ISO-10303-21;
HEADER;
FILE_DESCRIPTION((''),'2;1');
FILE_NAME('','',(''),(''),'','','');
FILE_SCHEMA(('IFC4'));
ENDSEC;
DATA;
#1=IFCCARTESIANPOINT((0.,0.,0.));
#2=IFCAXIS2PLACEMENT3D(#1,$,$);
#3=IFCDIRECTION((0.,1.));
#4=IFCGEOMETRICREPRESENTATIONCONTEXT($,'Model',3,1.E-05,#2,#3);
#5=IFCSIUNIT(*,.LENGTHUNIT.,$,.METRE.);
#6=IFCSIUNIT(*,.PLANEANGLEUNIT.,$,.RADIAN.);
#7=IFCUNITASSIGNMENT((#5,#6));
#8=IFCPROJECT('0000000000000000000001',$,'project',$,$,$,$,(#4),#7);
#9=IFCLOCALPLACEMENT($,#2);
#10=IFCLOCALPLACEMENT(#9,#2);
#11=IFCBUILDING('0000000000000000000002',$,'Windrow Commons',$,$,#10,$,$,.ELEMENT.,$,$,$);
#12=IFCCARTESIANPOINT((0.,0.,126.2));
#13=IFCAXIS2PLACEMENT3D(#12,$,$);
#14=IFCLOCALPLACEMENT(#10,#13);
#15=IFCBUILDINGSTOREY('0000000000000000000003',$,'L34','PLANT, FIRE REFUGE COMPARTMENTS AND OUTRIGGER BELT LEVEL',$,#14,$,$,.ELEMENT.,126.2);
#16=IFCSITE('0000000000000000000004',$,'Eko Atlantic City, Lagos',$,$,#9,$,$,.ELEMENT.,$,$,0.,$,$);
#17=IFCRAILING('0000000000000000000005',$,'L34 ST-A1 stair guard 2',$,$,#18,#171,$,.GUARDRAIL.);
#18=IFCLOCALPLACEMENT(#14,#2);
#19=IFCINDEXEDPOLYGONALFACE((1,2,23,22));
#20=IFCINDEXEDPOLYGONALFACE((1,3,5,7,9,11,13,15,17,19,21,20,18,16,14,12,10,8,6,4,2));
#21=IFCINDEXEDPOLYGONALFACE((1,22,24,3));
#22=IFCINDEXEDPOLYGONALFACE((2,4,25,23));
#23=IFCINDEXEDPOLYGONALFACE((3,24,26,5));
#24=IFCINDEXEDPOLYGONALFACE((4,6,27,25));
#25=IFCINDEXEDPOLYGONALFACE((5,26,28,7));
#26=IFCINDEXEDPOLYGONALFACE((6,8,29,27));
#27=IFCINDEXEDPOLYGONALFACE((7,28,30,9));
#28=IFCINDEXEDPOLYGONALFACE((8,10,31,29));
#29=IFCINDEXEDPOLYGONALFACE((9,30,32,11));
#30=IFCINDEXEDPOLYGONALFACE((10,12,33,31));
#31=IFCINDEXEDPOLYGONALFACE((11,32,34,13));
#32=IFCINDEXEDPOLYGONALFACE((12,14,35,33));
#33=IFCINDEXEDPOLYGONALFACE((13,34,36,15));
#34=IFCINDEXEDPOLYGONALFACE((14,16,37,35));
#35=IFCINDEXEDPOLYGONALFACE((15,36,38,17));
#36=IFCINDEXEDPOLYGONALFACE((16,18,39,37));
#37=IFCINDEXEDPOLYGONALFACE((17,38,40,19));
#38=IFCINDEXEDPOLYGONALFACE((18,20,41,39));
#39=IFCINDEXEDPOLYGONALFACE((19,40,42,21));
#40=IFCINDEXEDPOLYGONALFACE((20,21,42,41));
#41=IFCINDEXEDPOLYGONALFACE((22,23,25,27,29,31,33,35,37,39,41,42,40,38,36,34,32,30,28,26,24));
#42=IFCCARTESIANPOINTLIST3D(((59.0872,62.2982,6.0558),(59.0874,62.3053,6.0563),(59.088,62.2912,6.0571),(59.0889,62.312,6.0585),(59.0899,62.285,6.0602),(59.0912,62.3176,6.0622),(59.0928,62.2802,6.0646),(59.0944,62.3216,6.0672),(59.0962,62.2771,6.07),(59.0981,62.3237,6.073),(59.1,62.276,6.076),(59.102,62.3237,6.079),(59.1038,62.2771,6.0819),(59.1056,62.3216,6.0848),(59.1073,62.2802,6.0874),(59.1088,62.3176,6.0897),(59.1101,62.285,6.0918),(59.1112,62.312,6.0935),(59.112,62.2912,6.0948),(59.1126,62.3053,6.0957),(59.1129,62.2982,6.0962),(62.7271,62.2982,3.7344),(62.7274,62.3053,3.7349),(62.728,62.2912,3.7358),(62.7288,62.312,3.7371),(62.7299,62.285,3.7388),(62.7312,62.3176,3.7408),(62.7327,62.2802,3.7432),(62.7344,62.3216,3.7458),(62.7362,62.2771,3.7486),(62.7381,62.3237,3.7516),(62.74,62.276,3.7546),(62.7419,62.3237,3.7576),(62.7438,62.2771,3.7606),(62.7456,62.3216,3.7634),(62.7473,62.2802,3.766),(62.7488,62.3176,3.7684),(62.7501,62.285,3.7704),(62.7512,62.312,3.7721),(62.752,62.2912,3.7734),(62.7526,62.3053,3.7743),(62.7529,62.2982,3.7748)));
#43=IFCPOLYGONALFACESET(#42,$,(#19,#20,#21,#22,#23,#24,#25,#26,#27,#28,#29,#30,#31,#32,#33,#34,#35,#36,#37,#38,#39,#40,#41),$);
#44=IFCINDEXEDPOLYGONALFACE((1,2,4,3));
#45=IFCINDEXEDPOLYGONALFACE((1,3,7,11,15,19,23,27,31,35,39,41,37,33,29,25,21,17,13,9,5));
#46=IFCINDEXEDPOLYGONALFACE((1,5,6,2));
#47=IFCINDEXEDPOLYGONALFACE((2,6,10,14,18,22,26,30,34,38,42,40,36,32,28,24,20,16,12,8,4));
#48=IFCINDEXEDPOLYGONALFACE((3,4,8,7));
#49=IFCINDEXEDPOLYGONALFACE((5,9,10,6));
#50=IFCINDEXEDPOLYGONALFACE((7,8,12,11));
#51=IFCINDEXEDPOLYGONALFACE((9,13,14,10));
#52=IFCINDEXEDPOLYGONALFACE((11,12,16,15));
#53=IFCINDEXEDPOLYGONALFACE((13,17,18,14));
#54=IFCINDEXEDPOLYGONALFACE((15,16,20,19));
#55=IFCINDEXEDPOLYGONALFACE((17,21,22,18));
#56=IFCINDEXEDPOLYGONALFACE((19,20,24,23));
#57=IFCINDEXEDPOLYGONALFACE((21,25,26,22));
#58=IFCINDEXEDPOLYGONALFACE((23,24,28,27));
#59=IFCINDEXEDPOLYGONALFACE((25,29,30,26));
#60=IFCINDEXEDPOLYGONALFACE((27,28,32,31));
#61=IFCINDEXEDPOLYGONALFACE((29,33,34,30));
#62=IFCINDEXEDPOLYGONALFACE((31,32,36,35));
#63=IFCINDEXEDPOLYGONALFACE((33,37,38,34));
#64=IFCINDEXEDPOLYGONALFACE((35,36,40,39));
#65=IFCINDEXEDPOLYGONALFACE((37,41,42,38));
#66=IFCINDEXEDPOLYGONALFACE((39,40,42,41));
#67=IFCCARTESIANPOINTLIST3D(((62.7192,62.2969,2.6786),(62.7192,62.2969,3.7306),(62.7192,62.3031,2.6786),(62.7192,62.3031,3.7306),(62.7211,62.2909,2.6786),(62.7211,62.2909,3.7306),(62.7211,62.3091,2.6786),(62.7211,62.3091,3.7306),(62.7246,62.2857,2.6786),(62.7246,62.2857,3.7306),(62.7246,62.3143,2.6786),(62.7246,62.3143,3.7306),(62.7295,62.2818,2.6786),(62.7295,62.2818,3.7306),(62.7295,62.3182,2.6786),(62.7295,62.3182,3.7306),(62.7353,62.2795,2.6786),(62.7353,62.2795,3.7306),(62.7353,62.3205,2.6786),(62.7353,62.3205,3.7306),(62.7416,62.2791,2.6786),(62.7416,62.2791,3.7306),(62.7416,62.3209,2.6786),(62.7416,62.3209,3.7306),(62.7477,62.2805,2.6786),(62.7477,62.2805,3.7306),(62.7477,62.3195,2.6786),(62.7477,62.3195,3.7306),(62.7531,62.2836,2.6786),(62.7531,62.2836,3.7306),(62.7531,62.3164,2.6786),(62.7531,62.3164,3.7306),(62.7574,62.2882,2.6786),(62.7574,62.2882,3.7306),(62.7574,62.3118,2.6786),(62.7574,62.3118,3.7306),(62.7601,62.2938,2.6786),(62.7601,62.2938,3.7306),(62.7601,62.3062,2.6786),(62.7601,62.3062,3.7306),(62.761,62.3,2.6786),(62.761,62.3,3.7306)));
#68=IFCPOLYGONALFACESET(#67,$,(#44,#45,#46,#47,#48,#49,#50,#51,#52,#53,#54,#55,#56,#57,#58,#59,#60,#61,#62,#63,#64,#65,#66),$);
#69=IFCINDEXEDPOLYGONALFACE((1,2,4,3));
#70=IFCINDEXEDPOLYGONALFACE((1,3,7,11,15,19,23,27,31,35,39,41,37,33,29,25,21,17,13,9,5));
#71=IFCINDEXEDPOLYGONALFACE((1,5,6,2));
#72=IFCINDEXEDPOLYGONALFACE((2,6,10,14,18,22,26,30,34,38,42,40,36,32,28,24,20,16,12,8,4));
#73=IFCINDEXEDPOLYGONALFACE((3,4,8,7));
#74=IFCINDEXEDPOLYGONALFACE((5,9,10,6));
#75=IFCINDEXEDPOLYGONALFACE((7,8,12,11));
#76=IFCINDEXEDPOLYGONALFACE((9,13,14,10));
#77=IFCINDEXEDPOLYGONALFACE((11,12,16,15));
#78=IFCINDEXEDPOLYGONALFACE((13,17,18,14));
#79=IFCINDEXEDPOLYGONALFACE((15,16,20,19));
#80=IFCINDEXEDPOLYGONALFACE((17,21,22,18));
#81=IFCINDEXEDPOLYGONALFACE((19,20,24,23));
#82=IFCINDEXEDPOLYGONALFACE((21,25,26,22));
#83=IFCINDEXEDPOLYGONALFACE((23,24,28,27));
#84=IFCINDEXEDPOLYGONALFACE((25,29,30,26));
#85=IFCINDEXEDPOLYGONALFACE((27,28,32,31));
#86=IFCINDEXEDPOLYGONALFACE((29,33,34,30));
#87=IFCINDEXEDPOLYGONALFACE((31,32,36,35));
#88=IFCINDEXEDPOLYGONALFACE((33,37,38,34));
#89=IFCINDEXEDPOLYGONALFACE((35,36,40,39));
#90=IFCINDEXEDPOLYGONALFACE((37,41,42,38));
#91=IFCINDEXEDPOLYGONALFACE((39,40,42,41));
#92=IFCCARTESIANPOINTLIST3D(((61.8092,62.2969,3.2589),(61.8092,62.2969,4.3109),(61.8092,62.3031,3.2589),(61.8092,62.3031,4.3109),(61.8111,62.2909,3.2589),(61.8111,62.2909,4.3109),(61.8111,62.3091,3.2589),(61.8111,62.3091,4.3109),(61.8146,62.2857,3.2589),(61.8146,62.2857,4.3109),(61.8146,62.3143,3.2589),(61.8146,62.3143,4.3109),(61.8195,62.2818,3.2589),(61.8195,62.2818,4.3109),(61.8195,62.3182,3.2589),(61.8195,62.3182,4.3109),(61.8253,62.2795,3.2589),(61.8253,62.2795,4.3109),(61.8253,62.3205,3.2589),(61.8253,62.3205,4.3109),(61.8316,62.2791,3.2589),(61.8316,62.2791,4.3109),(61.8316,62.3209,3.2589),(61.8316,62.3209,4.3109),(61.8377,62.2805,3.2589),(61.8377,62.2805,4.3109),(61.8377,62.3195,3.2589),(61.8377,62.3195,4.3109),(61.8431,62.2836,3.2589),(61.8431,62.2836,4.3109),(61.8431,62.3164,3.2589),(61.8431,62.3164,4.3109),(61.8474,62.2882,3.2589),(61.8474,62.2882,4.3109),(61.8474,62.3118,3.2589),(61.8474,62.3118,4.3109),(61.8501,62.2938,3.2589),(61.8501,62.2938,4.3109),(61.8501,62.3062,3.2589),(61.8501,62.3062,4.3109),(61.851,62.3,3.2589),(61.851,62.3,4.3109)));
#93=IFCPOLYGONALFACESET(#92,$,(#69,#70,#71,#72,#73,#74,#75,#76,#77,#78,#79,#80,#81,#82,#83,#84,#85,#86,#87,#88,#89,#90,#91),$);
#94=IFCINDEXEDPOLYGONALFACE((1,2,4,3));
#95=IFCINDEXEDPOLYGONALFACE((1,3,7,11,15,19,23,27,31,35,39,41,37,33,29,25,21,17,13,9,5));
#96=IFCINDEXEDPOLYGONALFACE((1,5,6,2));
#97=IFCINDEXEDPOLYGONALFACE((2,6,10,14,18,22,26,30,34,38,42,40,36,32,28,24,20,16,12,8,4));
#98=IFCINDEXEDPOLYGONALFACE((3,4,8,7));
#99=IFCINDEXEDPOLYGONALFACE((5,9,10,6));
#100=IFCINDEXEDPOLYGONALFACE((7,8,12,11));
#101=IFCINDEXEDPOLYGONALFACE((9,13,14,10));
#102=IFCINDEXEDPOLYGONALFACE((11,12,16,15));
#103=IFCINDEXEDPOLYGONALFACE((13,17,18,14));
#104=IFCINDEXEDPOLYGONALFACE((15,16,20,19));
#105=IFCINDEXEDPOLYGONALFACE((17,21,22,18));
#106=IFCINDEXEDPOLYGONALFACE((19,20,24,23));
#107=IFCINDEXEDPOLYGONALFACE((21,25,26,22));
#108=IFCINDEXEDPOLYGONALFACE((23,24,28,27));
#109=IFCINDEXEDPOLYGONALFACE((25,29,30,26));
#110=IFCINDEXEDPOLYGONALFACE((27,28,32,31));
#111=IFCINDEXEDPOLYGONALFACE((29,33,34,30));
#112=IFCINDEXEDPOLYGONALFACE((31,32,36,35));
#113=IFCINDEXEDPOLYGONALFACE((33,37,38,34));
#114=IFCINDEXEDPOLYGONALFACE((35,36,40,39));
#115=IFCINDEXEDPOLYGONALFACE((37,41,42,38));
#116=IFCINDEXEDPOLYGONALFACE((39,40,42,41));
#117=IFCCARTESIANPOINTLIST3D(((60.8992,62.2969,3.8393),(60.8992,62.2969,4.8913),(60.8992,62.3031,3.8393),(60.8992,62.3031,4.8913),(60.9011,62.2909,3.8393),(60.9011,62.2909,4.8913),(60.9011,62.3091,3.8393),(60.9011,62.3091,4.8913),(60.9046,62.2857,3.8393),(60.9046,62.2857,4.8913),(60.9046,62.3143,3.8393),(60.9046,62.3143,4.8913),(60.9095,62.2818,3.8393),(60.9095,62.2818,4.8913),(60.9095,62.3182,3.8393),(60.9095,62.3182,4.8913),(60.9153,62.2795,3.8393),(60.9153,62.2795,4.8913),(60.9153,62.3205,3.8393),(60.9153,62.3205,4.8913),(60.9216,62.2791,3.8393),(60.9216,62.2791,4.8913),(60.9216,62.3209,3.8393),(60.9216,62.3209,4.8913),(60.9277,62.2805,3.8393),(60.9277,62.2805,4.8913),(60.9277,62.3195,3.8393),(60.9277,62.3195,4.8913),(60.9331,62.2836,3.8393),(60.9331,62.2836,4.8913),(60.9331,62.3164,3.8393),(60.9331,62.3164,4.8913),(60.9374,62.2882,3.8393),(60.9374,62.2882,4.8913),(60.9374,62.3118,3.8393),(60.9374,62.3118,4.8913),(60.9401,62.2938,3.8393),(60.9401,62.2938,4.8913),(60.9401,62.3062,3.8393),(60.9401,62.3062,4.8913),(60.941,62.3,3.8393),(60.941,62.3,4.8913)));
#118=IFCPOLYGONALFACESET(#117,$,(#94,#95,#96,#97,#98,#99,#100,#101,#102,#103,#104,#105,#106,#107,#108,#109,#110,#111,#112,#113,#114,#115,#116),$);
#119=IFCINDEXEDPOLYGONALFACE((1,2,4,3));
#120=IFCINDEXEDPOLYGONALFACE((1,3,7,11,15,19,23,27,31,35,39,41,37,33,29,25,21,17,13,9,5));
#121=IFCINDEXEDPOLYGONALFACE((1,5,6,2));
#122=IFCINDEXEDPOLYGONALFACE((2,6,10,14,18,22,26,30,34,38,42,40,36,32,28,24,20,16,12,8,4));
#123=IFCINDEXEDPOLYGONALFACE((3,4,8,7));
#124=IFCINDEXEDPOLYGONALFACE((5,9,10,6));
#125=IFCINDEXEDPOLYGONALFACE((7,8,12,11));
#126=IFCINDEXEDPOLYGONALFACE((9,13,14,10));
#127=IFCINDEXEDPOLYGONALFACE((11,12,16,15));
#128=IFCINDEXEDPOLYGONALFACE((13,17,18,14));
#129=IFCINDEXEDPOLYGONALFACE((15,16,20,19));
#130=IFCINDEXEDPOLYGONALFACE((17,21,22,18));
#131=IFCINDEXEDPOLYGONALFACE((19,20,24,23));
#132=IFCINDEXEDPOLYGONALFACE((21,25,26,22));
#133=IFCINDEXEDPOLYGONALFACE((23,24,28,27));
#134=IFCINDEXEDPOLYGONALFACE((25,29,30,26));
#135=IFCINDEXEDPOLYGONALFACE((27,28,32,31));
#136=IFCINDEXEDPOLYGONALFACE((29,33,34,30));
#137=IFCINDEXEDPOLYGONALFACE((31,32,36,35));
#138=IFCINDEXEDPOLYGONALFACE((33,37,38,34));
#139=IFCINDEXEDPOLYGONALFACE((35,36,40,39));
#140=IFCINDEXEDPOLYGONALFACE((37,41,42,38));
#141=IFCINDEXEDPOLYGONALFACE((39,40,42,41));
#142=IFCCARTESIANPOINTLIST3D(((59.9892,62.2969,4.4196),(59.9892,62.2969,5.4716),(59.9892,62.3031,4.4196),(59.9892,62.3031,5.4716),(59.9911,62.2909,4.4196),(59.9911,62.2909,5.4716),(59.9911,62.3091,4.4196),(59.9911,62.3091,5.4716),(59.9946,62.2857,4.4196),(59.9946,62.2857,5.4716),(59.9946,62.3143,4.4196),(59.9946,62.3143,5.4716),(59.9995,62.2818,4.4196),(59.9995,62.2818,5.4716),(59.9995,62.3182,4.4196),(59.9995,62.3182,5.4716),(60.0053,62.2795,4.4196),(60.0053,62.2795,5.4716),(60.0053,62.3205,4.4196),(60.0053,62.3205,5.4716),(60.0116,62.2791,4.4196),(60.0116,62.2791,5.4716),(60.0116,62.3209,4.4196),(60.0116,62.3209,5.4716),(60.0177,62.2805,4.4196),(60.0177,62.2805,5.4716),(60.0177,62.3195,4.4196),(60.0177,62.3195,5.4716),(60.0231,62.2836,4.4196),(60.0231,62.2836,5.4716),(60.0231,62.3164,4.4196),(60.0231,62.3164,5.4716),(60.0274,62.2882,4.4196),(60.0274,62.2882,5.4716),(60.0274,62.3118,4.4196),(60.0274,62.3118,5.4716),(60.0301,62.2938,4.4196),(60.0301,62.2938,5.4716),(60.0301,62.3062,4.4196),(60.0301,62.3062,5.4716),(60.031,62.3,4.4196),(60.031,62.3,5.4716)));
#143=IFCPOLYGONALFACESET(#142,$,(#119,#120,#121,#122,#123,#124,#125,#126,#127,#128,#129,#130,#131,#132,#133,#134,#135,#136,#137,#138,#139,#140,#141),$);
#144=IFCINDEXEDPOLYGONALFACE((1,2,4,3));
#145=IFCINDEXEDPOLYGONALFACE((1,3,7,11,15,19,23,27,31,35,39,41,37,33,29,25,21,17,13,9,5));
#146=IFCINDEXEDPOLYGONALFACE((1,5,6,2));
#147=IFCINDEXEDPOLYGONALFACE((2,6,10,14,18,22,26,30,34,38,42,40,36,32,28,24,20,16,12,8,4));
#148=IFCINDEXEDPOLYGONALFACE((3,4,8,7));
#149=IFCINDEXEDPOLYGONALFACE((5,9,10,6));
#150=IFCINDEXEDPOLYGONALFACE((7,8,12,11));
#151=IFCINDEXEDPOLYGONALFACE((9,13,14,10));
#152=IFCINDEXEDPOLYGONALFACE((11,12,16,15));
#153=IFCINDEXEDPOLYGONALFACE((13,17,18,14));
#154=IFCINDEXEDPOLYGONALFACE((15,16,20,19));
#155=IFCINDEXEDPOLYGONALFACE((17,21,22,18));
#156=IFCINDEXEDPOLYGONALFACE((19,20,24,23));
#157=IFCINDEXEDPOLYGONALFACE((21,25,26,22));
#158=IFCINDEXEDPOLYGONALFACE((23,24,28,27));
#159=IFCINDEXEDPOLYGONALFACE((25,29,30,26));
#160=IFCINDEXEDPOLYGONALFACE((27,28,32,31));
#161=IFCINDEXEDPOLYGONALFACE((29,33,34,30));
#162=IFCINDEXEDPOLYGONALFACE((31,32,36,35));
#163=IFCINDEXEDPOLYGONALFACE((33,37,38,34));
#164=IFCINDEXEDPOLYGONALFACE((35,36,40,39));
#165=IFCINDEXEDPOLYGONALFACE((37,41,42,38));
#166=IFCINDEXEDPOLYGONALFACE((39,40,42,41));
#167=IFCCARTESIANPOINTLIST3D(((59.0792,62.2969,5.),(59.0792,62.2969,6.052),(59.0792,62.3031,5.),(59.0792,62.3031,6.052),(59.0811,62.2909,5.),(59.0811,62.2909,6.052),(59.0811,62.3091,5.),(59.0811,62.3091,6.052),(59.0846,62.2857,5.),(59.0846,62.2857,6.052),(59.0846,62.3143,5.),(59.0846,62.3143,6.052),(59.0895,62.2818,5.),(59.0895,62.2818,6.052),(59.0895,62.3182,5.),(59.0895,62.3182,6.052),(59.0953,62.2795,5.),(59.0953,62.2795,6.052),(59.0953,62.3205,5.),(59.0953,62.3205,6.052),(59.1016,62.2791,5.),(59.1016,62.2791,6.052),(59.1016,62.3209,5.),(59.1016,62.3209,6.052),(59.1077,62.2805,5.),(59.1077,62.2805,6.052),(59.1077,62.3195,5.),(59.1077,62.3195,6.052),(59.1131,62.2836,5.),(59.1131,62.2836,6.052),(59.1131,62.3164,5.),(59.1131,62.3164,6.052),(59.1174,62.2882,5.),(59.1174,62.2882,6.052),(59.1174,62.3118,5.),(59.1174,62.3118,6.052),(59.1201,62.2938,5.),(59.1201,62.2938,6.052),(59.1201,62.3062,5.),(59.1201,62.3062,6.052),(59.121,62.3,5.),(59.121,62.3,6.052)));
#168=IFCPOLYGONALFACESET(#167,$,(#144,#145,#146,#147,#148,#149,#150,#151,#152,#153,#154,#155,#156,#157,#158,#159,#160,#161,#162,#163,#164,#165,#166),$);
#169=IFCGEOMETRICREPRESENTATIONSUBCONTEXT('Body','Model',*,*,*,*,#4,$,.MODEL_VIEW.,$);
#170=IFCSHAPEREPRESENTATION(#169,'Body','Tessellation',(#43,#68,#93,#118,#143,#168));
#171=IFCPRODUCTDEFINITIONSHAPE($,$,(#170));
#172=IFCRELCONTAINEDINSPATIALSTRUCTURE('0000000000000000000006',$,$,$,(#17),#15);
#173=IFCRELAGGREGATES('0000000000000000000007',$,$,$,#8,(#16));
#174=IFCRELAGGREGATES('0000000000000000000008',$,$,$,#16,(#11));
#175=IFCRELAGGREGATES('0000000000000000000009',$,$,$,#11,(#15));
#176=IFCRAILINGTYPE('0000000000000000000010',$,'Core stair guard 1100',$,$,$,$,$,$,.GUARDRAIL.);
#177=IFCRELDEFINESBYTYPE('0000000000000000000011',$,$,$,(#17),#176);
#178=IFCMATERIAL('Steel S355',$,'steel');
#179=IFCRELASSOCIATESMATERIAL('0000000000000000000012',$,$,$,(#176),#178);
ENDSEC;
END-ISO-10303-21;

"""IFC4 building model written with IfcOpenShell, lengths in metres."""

from ifc_helpers import new_model, si_unit, direction, frame, origin, origin_2d, place, context, subcontext, project, spatial, circle, extrude, material, type_object, element, save


model = new_model("IFC4")

# Units and contexts
model_context = context("Model", 3, precision=1e-05, world=origin(), true_north=direction((0.0, 1.0)))
body_context = subcontext(model_context, "Body", "Model", "MODEL_VIEW")
ifc_project = project(units=[si_unit("LENGTHUNIT", "METRE"), si_unit("PLANEANGLEUNIT", "RADIAN")], contexts=[model_context])

# Site, building, storey
site_placement = place(None, origin())
site = spatial("IfcSite", under=ifc_project, at=site_placement, Name="Eko Atlantic City, Lagos", CompositionType="ELEMENT", RefElevation=0.0)
building_placement = place(site_placement, origin())
building = spatial("IfcBuilding", under=site, at=building_placement, Name="Windrow Commons", CompositionType="ELEMENT")
storey_placement = place(building_placement, frame((0.0, 0.0, 126.2)))
storey = spatial("IfcBuildingStorey", under=building, at=storey_placement, Name="L34", Description="PLANT, FIRE REFUGE COMPARTMENTS AND OUTRIGGER BELT LEVEL", CompositionType="ELEMENT", Elevation=126.2)

# Railing
ifc_material_1 = material(Name="Steel S355", Category="steel")
railing_type_1 = type_object("IfcRailingType", Name="Core stair guard 1100", PredefinedType="GUARDRAIL", material=ifc_material_1)
railing_1_placement = place(storey_placement, frame((62.74, 62.3, 2.6786)))
element("IfcRailing", 1, at=railing_1_placement, inside=storey, type_object=railing_type_1, Name="L34 ST-A1 stair guard 2", PredefinedType="GUARDRAIL", context=body_context, shape_type="SweptSolid", body=[
    extrude(circle(Radius=0.024, at=origin_2d()), frame((0.0, 0.0, 1.076), z_axis=(-0.843133, 0.0, 0.537706), x_axis=(0.0, -1.0, 0.0)), (0.0, 0.0, 1.0), 4.3172),
    extrude(circle(Radius=0.021, at=origin_2d()), origin(), (0.0, 0.0, 1.0), 1.052),
    extrude(circle(Radius=0.021, at=origin_2d()), frame((-0.91, 0.0, 0.5803)), (0.0, 0.0, 1.0), 1.052),
    extrude(circle(Radius=0.021, at=origin_2d()), frame((-1.82, 0.0, 1.1607)), (0.0, 0.0, 1.0), 1.052),
    extrude(circle(Radius=0.021, at=origin_2d()), frame((-2.73, 0.0, 1.741)), (0.0, 0.0, 1.0), 1.052),
    extrude(circle(Radius=0.021, at=origin_2d()), frame((-3.64, 0.0, 2.3214)), (0.0, 0.0, 1.0), 1.052),
])

save(model, "model.ifc")
